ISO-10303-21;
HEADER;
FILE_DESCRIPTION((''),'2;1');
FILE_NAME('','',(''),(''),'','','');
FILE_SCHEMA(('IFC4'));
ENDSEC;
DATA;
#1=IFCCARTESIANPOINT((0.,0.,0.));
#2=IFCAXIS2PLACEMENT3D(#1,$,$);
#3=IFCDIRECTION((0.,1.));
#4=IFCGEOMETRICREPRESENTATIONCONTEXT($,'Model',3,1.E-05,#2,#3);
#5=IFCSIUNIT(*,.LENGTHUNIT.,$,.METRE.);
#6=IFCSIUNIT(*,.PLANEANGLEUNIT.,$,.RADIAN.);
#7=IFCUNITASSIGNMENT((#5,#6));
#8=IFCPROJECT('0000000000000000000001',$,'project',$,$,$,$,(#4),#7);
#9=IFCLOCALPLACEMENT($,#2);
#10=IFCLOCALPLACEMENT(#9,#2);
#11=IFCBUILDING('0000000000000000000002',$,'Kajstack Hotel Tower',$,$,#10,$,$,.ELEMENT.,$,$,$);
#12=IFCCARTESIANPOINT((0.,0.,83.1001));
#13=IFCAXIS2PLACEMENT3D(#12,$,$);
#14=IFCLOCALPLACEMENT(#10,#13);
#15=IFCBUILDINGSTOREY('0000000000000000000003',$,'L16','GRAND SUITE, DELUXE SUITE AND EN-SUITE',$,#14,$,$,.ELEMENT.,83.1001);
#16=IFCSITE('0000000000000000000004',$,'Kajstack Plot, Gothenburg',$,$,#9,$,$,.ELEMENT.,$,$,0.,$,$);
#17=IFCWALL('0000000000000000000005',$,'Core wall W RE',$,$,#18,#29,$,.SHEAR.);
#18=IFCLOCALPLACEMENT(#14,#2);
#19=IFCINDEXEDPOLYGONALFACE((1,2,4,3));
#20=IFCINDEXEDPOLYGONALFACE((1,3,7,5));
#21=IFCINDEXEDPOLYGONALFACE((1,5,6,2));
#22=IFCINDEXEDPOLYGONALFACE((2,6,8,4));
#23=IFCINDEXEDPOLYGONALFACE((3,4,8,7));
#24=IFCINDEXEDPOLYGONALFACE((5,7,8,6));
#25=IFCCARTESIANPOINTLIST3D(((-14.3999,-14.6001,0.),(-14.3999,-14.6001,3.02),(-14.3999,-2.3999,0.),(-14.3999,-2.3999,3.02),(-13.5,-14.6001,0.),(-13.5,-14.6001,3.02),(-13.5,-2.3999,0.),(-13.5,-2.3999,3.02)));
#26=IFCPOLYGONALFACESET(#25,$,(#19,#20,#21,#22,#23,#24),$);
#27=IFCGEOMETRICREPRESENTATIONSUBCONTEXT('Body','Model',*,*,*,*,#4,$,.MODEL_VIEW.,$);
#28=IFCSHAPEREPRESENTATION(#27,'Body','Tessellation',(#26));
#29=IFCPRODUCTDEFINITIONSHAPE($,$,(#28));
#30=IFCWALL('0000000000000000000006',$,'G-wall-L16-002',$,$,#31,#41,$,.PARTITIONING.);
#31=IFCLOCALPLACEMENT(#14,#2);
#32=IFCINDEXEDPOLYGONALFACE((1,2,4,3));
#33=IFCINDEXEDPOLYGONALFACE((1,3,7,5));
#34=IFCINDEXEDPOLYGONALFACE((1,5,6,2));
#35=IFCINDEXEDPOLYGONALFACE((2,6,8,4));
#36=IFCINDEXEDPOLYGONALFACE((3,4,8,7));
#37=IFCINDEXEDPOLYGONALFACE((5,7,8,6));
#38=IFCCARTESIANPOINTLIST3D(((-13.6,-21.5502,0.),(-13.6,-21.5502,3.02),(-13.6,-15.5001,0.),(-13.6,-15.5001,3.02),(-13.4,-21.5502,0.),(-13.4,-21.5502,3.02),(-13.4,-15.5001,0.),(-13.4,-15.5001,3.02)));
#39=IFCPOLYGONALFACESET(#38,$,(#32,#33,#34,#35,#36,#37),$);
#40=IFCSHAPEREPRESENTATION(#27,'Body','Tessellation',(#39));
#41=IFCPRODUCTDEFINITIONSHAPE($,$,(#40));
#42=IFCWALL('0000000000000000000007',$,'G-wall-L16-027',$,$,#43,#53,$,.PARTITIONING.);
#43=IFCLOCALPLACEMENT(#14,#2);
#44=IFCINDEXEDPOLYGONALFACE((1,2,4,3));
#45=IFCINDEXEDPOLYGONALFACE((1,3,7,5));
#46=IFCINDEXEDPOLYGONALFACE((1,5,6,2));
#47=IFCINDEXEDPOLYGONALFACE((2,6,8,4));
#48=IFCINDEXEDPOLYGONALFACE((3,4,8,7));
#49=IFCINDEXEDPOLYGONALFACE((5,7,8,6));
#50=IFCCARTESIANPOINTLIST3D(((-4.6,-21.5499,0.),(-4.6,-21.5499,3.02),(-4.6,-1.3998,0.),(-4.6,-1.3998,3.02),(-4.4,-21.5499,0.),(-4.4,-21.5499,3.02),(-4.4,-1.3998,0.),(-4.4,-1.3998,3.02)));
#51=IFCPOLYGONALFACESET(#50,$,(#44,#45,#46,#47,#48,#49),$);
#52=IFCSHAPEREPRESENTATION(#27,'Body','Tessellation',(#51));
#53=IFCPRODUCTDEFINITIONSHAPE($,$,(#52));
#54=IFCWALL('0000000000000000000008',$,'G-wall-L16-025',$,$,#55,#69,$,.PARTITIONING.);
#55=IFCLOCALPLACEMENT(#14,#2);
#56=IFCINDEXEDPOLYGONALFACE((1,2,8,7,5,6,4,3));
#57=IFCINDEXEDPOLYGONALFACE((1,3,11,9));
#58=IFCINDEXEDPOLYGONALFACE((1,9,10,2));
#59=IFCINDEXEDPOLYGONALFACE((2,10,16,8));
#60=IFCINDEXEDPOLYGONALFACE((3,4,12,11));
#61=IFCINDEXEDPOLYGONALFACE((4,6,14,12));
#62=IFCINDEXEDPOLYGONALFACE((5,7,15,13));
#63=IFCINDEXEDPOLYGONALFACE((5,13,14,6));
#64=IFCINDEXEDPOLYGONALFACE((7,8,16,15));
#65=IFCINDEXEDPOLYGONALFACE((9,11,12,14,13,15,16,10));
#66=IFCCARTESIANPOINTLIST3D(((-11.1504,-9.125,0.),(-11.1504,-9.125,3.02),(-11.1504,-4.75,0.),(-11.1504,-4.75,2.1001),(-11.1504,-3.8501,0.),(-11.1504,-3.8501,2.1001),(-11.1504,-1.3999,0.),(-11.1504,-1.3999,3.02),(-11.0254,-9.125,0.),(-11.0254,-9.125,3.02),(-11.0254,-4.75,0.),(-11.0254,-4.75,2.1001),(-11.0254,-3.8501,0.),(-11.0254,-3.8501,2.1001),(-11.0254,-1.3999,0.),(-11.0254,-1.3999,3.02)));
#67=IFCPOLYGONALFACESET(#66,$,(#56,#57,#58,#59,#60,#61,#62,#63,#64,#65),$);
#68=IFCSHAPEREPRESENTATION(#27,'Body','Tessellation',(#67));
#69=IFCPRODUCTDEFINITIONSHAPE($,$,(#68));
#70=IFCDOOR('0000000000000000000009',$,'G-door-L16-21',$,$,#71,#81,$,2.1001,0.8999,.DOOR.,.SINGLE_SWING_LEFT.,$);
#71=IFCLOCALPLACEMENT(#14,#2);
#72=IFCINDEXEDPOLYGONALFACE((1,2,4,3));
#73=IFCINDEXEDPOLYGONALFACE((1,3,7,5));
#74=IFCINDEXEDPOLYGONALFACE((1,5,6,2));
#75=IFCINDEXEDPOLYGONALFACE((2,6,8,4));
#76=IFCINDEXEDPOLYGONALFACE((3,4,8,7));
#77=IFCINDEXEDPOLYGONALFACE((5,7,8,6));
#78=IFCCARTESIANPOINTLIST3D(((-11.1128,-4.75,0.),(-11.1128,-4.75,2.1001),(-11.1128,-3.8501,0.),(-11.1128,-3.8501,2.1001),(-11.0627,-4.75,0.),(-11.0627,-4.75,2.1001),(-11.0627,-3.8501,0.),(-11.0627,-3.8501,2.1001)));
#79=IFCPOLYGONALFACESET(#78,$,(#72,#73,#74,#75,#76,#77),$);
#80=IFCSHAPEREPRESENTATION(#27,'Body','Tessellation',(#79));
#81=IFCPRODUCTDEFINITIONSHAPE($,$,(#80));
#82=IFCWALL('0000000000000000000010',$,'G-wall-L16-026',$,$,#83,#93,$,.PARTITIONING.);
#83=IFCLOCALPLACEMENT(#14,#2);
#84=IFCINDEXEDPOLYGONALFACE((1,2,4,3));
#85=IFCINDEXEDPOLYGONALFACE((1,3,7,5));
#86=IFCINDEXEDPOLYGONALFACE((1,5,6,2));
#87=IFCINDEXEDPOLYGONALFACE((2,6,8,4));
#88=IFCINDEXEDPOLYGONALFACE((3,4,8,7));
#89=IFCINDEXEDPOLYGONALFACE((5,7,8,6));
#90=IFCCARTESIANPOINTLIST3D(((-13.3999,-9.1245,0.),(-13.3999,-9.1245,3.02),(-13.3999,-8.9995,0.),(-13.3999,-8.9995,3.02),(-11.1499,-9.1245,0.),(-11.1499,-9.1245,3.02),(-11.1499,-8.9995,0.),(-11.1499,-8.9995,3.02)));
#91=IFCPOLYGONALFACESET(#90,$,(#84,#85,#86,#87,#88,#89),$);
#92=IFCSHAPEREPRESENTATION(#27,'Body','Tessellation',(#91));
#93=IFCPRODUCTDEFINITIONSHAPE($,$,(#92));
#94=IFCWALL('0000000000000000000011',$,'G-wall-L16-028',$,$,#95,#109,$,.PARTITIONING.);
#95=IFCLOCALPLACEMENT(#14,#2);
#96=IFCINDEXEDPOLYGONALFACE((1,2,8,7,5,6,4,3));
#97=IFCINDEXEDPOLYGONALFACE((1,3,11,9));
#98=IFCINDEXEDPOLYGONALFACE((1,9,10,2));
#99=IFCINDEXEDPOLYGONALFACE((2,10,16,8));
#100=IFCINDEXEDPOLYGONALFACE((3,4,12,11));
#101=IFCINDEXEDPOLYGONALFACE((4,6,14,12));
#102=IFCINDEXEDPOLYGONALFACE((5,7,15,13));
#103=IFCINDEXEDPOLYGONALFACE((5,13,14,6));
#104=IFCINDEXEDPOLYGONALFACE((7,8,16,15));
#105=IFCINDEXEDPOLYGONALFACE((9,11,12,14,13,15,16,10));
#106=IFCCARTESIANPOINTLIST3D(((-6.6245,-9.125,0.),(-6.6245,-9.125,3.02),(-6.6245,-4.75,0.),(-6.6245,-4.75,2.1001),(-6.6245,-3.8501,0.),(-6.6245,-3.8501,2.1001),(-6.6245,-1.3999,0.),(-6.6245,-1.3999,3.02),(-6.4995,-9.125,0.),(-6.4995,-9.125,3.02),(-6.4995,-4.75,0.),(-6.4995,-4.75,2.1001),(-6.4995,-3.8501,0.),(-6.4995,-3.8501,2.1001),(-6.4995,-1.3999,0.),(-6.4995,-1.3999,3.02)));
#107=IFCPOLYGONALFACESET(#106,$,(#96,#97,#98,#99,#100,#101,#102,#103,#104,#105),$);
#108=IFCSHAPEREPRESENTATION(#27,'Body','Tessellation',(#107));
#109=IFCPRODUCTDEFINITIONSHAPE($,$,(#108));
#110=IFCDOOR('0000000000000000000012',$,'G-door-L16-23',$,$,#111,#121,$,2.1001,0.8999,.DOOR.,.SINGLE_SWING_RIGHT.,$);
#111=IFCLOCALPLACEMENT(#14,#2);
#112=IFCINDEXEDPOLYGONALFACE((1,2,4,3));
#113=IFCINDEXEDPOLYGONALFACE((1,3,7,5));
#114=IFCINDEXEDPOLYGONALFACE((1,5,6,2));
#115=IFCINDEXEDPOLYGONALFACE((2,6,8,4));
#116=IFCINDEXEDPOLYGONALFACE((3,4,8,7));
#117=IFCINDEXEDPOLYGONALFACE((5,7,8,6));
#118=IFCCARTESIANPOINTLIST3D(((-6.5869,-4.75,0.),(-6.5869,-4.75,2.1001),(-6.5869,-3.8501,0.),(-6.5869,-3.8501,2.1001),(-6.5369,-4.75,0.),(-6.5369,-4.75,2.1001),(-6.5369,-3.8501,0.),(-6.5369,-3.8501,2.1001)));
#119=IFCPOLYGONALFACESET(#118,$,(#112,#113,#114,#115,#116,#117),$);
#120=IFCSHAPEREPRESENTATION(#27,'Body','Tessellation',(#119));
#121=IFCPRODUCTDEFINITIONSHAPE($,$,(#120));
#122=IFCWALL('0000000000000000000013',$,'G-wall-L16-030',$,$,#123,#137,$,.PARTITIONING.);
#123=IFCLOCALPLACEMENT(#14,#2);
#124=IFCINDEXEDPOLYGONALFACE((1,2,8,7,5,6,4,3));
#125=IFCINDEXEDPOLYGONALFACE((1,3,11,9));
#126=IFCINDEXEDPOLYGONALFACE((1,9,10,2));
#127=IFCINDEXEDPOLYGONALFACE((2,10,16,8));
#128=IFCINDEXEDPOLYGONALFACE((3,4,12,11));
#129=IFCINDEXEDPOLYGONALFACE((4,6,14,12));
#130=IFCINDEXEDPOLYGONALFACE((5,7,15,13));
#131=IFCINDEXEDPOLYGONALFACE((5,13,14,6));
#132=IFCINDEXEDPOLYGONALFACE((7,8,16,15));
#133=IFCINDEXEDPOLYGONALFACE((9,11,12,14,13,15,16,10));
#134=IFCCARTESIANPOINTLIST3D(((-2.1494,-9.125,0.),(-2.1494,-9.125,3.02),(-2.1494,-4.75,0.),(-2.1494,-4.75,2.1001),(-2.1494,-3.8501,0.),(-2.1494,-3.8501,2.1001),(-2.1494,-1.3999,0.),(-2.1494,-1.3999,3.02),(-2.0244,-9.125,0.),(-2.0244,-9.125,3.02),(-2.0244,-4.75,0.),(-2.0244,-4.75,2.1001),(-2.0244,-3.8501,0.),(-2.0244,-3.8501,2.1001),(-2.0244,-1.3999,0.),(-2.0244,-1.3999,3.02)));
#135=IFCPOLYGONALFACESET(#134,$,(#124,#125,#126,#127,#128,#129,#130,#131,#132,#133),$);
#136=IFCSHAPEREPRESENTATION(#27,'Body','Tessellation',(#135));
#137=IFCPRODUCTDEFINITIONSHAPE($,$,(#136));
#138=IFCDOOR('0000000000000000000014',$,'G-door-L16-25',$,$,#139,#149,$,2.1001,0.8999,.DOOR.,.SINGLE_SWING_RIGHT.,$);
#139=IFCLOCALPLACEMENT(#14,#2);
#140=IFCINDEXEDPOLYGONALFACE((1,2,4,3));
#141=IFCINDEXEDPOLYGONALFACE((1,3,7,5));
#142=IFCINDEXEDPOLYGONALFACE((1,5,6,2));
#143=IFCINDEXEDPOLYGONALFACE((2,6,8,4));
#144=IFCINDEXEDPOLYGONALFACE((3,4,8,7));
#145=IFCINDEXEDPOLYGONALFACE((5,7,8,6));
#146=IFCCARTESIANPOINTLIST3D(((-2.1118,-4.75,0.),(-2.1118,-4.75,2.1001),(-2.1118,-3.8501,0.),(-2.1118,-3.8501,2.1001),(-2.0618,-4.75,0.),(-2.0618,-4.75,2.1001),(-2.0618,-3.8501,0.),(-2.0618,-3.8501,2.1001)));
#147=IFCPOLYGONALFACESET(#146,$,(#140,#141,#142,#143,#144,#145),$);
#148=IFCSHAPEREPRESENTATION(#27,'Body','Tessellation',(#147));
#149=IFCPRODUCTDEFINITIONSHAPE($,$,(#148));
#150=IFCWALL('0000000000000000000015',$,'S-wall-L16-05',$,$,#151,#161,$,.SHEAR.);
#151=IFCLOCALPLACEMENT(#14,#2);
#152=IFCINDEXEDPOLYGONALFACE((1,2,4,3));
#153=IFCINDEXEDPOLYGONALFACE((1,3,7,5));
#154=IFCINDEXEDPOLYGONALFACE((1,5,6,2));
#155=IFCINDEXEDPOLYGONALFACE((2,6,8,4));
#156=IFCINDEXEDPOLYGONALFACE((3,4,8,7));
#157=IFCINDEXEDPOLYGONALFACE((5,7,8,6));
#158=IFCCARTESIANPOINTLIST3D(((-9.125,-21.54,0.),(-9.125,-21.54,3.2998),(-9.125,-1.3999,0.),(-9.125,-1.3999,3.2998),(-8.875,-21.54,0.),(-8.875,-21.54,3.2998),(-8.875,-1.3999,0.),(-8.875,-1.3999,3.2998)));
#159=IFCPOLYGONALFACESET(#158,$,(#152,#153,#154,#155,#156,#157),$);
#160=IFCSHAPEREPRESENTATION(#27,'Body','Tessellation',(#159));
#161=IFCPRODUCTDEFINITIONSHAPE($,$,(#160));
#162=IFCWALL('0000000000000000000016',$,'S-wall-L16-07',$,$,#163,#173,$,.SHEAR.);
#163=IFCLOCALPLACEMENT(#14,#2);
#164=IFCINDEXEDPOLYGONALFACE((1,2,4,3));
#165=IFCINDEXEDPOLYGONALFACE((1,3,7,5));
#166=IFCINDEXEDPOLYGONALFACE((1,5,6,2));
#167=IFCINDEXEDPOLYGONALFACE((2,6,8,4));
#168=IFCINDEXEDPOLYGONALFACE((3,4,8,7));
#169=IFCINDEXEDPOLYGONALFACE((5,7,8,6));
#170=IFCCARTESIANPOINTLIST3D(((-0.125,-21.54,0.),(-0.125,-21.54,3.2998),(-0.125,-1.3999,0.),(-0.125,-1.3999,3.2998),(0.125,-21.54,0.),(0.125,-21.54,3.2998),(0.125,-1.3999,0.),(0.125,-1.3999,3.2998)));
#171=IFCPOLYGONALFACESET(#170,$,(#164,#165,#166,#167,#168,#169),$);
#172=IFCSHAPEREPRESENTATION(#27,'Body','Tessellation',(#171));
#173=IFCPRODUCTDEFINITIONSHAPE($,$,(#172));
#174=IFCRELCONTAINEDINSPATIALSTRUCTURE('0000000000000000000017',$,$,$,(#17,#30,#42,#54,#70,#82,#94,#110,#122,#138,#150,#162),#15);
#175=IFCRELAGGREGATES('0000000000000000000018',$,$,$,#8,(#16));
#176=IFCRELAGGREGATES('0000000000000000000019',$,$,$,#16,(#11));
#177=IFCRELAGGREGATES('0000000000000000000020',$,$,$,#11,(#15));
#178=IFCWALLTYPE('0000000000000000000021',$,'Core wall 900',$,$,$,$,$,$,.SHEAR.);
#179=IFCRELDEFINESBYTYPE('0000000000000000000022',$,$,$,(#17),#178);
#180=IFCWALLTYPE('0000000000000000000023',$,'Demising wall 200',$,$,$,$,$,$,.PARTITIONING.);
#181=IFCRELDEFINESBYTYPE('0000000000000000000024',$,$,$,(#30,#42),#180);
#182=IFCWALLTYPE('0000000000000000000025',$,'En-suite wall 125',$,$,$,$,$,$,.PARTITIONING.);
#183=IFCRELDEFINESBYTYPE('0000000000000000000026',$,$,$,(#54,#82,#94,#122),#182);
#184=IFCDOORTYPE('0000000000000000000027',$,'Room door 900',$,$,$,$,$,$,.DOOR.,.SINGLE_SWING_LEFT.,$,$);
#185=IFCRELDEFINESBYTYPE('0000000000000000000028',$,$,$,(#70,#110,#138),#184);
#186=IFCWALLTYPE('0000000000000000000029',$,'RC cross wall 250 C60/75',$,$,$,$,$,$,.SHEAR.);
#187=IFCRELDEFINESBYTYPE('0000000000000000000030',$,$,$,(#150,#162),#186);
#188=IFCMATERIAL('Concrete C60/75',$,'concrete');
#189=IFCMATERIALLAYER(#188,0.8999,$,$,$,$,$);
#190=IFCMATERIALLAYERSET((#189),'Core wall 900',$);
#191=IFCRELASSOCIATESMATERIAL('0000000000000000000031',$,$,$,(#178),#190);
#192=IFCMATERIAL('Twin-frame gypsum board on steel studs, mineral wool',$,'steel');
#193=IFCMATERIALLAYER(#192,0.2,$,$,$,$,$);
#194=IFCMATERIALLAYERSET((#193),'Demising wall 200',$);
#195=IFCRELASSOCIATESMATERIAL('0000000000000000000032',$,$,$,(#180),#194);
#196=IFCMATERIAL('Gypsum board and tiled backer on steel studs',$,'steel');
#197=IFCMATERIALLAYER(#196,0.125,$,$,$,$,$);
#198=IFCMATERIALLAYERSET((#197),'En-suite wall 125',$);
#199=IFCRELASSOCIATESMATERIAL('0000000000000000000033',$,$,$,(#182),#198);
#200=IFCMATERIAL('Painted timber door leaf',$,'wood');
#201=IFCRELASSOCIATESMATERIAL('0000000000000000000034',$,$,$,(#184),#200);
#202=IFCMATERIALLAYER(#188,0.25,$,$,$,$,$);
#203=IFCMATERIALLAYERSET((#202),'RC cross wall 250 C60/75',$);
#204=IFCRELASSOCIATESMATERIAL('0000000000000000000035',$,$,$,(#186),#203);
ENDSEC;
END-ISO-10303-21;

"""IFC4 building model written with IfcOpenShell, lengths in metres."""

from ifc_helpers import new_model, si_unit, direction, frame, frame_2d, origin, place, context, subcontext, project, spatial, rectangle, extrude, material, layer, layer_set, type_object, element, fill, save


model = new_model("IFC4")

# Units and contexts
model_context = context("Model", 3, precision=1e-05, world=origin(), true_north=direction((0.0, 1.0)))
body_context = subcontext(model_context, "Body", "Model", "MODEL_VIEW")
ifc_project = project(units=[si_unit("LENGTHUNIT", "METRE"), si_unit("PLANEANGLEUNIT", "RADIAN")], contexts=[model_context])

# Site, building, storey
site_placement = place(None, origin())
site = spatial("IfcSite", under=ifc_project, at=site_placement, Name="Kajstack Plot, Gothenburg", CompositionType="ELEMENT", RefElevation=0.0)
building_placement = place(site_placement, origin())
building = spatial("IfcBuilding", under=site, at=building_placement, Name="Kajstack Hotel Tower", CompositionType="ELEMENT")
storey_placement = place(building_placement, frame((0.0, 0.0, 83.1001)))
storey = spatial("IfcBuildingStorey", under=building, at=storey_placement, Name="L16", Description="GRAND SUITE, DELUXE SUITE AND EN-SUITE", CompositionType="ELEMENT", Elevation=83.1001)

# Walls
ifc_material_1 = material(Name="Concrete C60/75", Category="concrete")
ifc_layer_1 = layer(ifc_material_1, 0.8999)
ifc_layer_set_1 = layer_set([ifc_layer_1], Name="Core wall 900")
wall_type_1 = type_object("IfcWallType", Name="Core wall 900", PredefinedType="SHEAR", material=ifc_layer_set_1)
wall_1_placement = place(storey_placement, frame((-13.95, -14.6001, 0.0), z_axis=(0.0, 0.0, 1.0), x_axis=(0.0, 1.0, 0.0)))
element("IfcWall", 1, at=wall_1_placement, inside=storey, type_object=wall_type_1, Name="Core wall W RE", PredefinedType="SHEAR", context=body_context, shape_type="SweptSolid", body=[
    extrude(rectangle(XDim=12.2002, YDim=0.8999, at=frame_2d((6.1001, 0.0))), origin(), (0.0, 0.0, 1.0), 3.02),
])
ifc_material_2 = material(Name="Twin-frame gypsum board on steel studs, mineral wool", Category="steel")
ifc_layer_2 = layer(ifc_material_2, 0.2)
ifc_layer_set_2 = layer_set([ifc_layer_2], Name="Demising wall 200")
wall_type_2 = type_object("IfcWallType", Name="Demising wall 200", PredefinedType="PARTITIONING", material=ifc_layer_set_2)
wall_2_placement = place(storey_placement, frame((-13.5, -21.55, 0.0), z_axis=(0.0, 0.0, 1.0), x_axis=(0.0, 1.0, 0.0)))
element("IfcWall", 2, at=wall_2_placement, inside=storey, type_object=wall_type_2, Name="G-wall-L16-002", PredefinedType="PARTITIONING", context=body_context, shape_type="SweptSolid", body=[
    extrude(rectangle(XDim=6.05, YDim=0.2, at=frame_2d((3.0249, 0.0))), origin(), (0.0, 0.0, 1.0), 3.02),
])
wall_3_placement = place(storey_placement, frame((-4.5, -21.55, 0.0), z_axis=(0.0, 0.0, 1.0), x_axis=(0.0, 1.0, 0.0)))
element("IfcWall", 3, at=wall_3_placement, inside=storey, type_object=wall_type_2, Name="G-wall-L16-027", PredefinedType="PARTITIONING", context=body_context, shape_type="SweptSolid", body=[
    extrude(rectangle(XDim=20.1501, YDim=0.2, at=frame_2d((10.0752, 0.0))), origin(), (0.0, 0.0, 1.0), 3.02),
])

# Wall, opening, door
ifc_material_3 = material(Name="Gypsum board and tiled backer on steel studs", Category="steel")
ifc_layer_3 = layer(ifc_material_3, 0.125)
ifc_layer_set_3 = layer_set([ifc_layer_3], Name="En-suite wall 125")
wall_type_3 = type_object("IfcWallType", Name="En-suite wall 125", PredefinedType="PARTITIONING", material=ifc_layer_set_3)
wall_4_placement = place(storey_placement, frame((-11.0879, -9.125, 0.0), z_axis=(0.0, 0.0, 1.0), x_axis=(0.0, 1.0, 0.0)))
wall_4 = element("IfcWall", 4, at=wall_4_placement, inside=storey, type_object=wall_type_3, Name="G-wall-L16-025", PredefinedType="PARTITIONING", context=body_context, shape_type="SweptSolid", body=[
    extrude(rectangle(XDim=7.7251, YDim=0.125, at=frame_2d((3.8625, 0.0))), origin(), (0.0, 0.0, 1.0), 3.02),
])
opening_1_placement = place(wall_4_placement, frame((4.375, 0.0, 0.0)))
opening_1 = element("IfcOpeningElement", 5, at=opening_1_placement, cuts=wall_4, PredefinedType="OPENING", context=body_context, shape_type="SweptSolid", body=[
    extrude(rectangle(XDim=0.8999, YDim=2.1001, at=frame_2d((0.45, 1.05))), frame((0.0, 0.0725, 0.0), z_axis=(0.0, -1.0, 0.0), x_axis=(1.0, 0.0, 0.0)), (0.0, 0.0, 1.0), 0.145),
])
ifc_material_4 = material(Name="Painted timber door leaf", Category="wood")
door_type = type_object("IfcDoorType", Name="Room door 900", OperationType="SINGLE_SWING_LEFT", PredefinedType="DOOR", material=ifc_material_4)
door_1_placement = place(opening_1_placement, origin())
door_1 = element("IfcDoor", 6, at=door_1_placement, inside=storey, type_object=door_type, Name="G-door-L16-21", OperationType="SINGLE_SWING_LEFT", OverallHeight=2.1001, OverallWidth=0.8999, PredefinedType="DOOR", context=body_context, shape_type="SweptSolid", body=[
    extrude(rectangle(XDim=0.8999, YDim=2.1001, at=frame_2d((0.45, 1.05))), frame((0.0, 0.0249, 0.0), z_axis=(0.0, -1.0, 0.0), x_axis=(1.0, 0.0, 0.0)), (0.0, 0.0, 1.0), 0.05),
])
fill(opening_1, door_1)

# Wall
wall_5_placement = place(storey_placement, frame((-13.3999, -9.062, 0.0), z_axis=(0.0, 0.0, 1.0), x_axis=(1.0, 0.0, 0.0)))
element("IfcWall", 7, at=wall_5_placement, inside=storey, type_object=wall_type_3, Name="G-wall-L16-026", PredefinedType="PARTITIONING", context=body_context, shape_type="SweptSolid", body=[
    extrude(rectangle(XDim=2.25, YDim=0.125, at=frame_2d((1.125, 0.0))), origin(), (0.0, 0.0, 1.0), 3.02),
])

# Walls, openings, doors
wall_6_placement = place(storey_placement, frame((-6.562, -9.125, 0.0), z_axis=(0.0, 0.0, 1.0), x_axis=(0.0, 1.0, 0.0)))
wall_6 = element("IfcWall", 8, at=wall_6_placement, inside=storey, type_object=wall_type_3, Name="G-wall-L16-028", PredefinedType="PARTITIONING", context=body_context, shape_type="SweptSolid", body=[
    extrude(rectangle(XDim=7.7251, YDim=0.125, at=frame_2d((3.8625, 0.0))), origin(), (0.0, 0.0, 1.0), 3.02),
])
opening_2_placement = place(wall_6_placement, frame((4.375, 0.0, 0.0)))
opening_2 = element("IfcOpeningElement", 9, at=opening_2_placement, cuts=wall_6, PredefinedType="OPENING", context=body_context, shape_type="SweptSolid", body=[
    extrude(rectangle(XDim=0.8999, YDim=2.1001, at=frame_2d((0.45, 1.05))), frame((0.0, 0.0725, 0.0), z_axis=(0.0, -1.0, 0.0), x_axis=(1.0, 0.0, 0.0)), (0.0, 0.0, 1.0), 0.145),
])
door_2_placement = place(opening_2_placement, origin())
door_2 = element("IfcDoor", 10, at=door_2_placement, inside=storey, type_object=door_type, Name="G-door-L16-23", OperationType="SINGLE_SWING_RIGHT", OverallHeight=2.1001, OverallWidth=0.8999, PredefinedType="DOOR", context=body_context, shape_type="SweptSolid", body=[
    extrude(rectangle(XDim=0.8999, YDim=2.1001, at=frame_2d((0.45, 1.05))), frame((0.0, 0.0249, 0.0), z_axis=(0.0, -1.0, 0.0), x_axis=(1.0, 0.0, 0.0)), (0.0, 0.0, 1.0), 0.05),
])
fill(opening_2, door_2)
wall_7_placement = place(storey_placement, frame((-2.0869, -9.125, 0.0), z_axis=(0.0, 0.0, 1.0), x_axis=(0.0, 1.0, 0.0)))
wall_7 = element("IfcWall", 11, at=wall_7_placement, inside=storey, type_object=wall_type_3, Name="G-wall-L16-030", PredefinedType="PARTITIONING", context=body_context, shape_type="SweptSolid", body=[
    extrude(rectangle(XDim=7.7251, YDim=0.125, at=frame_2d((3.8625, 0.0))), origin(), (0.0, 0.0, 1.0), 3.02),
])
opening_3_placement = place(wall_7_placement, frame((4.375, 0.0, 0.0)))
opening_3 = element("IfcOpeningElement", 12, at=opening_3_placement, cuts=wall_7, PredefinedType="OPENING", context=body_context, shape_type="SweptSolid", body=[
    extrude(rectangle(XDim=0.8999, YDim=2.1001, at=frame_2d((0.45, 1.05))), frame((0.0, 0.0725, 0.0), z_axis=(0.0, -1.0, 0.0), x_axis=(1.0, 0.0, 0.0)), (0.0, 0.0, 1.0), 0.145),
])
door_3_placement = place(opening_3_placement, origin())
door_3 = element("IfcDoor", 13, at=door_3_placement, inside=storey, type_object=door_type, Name="G-door-L16-25", OperationType="SINGLE_SWING_RIGHT", OverallHeight=2.1001, OverallWidth=0.8999, PredefinedType="DOOR", context=body_context, shape_type="SweptSolid", body=[
    extrude(rectangle(XDim=0.8999, YDim=2.1001, at=frame_2d((0.45, 1.05))), frame((0.0, 0.0249, 0.0), z_axis=(0.0, -1.0, 0.0), x_axis=(1.0, 0.0, 0.0)), (0.0, 0.0, 1.0), 0.05),
])
fill(opening_3, door_3)

# Walls
ifc_layer_4 = layer(ifc_material_1, 0.25)
ifc_layer_set_4 = layer_set([ifc_layer_4], Name="RC cross wall 250 C60/75")
wall_type_4 = type_object("IfcWallType", Name="RC cross wall 250 C60/75", PredefinedType="SHEAR", material=ifc_layer_set_4)
for number, where, z_axis, x_axis, name in (
    (14, (-9.0, -21.54, 0.0), (0.0, 0.0, 1.0), (0.0, 1.0, 0.0), "S-wall-L16-05"),
    (15, (0.0, -21.54, 0.0), (0.0, 0.0, 1.0), (0.0, 1.0, 0.0), "S-wall-L16-07"),
):
    element("IfcWall", number, at=place(storey_placement, frame(where, z_axis=z_axis, x_axis=x_axis)), inside=storey, type_object=wall_type_4, Name=name, PredefinedType="SHEAR", context=body_context, shape_type="SweptSolid", body=[
        extrude(rectangle(XDim=20.1401, YDim=0.25, at=frame_2d((10.0701, 0.0))), origin(), (0.0, 0.0, 1.0), 3.2998),
    ])

save(model, "model.ifc")
